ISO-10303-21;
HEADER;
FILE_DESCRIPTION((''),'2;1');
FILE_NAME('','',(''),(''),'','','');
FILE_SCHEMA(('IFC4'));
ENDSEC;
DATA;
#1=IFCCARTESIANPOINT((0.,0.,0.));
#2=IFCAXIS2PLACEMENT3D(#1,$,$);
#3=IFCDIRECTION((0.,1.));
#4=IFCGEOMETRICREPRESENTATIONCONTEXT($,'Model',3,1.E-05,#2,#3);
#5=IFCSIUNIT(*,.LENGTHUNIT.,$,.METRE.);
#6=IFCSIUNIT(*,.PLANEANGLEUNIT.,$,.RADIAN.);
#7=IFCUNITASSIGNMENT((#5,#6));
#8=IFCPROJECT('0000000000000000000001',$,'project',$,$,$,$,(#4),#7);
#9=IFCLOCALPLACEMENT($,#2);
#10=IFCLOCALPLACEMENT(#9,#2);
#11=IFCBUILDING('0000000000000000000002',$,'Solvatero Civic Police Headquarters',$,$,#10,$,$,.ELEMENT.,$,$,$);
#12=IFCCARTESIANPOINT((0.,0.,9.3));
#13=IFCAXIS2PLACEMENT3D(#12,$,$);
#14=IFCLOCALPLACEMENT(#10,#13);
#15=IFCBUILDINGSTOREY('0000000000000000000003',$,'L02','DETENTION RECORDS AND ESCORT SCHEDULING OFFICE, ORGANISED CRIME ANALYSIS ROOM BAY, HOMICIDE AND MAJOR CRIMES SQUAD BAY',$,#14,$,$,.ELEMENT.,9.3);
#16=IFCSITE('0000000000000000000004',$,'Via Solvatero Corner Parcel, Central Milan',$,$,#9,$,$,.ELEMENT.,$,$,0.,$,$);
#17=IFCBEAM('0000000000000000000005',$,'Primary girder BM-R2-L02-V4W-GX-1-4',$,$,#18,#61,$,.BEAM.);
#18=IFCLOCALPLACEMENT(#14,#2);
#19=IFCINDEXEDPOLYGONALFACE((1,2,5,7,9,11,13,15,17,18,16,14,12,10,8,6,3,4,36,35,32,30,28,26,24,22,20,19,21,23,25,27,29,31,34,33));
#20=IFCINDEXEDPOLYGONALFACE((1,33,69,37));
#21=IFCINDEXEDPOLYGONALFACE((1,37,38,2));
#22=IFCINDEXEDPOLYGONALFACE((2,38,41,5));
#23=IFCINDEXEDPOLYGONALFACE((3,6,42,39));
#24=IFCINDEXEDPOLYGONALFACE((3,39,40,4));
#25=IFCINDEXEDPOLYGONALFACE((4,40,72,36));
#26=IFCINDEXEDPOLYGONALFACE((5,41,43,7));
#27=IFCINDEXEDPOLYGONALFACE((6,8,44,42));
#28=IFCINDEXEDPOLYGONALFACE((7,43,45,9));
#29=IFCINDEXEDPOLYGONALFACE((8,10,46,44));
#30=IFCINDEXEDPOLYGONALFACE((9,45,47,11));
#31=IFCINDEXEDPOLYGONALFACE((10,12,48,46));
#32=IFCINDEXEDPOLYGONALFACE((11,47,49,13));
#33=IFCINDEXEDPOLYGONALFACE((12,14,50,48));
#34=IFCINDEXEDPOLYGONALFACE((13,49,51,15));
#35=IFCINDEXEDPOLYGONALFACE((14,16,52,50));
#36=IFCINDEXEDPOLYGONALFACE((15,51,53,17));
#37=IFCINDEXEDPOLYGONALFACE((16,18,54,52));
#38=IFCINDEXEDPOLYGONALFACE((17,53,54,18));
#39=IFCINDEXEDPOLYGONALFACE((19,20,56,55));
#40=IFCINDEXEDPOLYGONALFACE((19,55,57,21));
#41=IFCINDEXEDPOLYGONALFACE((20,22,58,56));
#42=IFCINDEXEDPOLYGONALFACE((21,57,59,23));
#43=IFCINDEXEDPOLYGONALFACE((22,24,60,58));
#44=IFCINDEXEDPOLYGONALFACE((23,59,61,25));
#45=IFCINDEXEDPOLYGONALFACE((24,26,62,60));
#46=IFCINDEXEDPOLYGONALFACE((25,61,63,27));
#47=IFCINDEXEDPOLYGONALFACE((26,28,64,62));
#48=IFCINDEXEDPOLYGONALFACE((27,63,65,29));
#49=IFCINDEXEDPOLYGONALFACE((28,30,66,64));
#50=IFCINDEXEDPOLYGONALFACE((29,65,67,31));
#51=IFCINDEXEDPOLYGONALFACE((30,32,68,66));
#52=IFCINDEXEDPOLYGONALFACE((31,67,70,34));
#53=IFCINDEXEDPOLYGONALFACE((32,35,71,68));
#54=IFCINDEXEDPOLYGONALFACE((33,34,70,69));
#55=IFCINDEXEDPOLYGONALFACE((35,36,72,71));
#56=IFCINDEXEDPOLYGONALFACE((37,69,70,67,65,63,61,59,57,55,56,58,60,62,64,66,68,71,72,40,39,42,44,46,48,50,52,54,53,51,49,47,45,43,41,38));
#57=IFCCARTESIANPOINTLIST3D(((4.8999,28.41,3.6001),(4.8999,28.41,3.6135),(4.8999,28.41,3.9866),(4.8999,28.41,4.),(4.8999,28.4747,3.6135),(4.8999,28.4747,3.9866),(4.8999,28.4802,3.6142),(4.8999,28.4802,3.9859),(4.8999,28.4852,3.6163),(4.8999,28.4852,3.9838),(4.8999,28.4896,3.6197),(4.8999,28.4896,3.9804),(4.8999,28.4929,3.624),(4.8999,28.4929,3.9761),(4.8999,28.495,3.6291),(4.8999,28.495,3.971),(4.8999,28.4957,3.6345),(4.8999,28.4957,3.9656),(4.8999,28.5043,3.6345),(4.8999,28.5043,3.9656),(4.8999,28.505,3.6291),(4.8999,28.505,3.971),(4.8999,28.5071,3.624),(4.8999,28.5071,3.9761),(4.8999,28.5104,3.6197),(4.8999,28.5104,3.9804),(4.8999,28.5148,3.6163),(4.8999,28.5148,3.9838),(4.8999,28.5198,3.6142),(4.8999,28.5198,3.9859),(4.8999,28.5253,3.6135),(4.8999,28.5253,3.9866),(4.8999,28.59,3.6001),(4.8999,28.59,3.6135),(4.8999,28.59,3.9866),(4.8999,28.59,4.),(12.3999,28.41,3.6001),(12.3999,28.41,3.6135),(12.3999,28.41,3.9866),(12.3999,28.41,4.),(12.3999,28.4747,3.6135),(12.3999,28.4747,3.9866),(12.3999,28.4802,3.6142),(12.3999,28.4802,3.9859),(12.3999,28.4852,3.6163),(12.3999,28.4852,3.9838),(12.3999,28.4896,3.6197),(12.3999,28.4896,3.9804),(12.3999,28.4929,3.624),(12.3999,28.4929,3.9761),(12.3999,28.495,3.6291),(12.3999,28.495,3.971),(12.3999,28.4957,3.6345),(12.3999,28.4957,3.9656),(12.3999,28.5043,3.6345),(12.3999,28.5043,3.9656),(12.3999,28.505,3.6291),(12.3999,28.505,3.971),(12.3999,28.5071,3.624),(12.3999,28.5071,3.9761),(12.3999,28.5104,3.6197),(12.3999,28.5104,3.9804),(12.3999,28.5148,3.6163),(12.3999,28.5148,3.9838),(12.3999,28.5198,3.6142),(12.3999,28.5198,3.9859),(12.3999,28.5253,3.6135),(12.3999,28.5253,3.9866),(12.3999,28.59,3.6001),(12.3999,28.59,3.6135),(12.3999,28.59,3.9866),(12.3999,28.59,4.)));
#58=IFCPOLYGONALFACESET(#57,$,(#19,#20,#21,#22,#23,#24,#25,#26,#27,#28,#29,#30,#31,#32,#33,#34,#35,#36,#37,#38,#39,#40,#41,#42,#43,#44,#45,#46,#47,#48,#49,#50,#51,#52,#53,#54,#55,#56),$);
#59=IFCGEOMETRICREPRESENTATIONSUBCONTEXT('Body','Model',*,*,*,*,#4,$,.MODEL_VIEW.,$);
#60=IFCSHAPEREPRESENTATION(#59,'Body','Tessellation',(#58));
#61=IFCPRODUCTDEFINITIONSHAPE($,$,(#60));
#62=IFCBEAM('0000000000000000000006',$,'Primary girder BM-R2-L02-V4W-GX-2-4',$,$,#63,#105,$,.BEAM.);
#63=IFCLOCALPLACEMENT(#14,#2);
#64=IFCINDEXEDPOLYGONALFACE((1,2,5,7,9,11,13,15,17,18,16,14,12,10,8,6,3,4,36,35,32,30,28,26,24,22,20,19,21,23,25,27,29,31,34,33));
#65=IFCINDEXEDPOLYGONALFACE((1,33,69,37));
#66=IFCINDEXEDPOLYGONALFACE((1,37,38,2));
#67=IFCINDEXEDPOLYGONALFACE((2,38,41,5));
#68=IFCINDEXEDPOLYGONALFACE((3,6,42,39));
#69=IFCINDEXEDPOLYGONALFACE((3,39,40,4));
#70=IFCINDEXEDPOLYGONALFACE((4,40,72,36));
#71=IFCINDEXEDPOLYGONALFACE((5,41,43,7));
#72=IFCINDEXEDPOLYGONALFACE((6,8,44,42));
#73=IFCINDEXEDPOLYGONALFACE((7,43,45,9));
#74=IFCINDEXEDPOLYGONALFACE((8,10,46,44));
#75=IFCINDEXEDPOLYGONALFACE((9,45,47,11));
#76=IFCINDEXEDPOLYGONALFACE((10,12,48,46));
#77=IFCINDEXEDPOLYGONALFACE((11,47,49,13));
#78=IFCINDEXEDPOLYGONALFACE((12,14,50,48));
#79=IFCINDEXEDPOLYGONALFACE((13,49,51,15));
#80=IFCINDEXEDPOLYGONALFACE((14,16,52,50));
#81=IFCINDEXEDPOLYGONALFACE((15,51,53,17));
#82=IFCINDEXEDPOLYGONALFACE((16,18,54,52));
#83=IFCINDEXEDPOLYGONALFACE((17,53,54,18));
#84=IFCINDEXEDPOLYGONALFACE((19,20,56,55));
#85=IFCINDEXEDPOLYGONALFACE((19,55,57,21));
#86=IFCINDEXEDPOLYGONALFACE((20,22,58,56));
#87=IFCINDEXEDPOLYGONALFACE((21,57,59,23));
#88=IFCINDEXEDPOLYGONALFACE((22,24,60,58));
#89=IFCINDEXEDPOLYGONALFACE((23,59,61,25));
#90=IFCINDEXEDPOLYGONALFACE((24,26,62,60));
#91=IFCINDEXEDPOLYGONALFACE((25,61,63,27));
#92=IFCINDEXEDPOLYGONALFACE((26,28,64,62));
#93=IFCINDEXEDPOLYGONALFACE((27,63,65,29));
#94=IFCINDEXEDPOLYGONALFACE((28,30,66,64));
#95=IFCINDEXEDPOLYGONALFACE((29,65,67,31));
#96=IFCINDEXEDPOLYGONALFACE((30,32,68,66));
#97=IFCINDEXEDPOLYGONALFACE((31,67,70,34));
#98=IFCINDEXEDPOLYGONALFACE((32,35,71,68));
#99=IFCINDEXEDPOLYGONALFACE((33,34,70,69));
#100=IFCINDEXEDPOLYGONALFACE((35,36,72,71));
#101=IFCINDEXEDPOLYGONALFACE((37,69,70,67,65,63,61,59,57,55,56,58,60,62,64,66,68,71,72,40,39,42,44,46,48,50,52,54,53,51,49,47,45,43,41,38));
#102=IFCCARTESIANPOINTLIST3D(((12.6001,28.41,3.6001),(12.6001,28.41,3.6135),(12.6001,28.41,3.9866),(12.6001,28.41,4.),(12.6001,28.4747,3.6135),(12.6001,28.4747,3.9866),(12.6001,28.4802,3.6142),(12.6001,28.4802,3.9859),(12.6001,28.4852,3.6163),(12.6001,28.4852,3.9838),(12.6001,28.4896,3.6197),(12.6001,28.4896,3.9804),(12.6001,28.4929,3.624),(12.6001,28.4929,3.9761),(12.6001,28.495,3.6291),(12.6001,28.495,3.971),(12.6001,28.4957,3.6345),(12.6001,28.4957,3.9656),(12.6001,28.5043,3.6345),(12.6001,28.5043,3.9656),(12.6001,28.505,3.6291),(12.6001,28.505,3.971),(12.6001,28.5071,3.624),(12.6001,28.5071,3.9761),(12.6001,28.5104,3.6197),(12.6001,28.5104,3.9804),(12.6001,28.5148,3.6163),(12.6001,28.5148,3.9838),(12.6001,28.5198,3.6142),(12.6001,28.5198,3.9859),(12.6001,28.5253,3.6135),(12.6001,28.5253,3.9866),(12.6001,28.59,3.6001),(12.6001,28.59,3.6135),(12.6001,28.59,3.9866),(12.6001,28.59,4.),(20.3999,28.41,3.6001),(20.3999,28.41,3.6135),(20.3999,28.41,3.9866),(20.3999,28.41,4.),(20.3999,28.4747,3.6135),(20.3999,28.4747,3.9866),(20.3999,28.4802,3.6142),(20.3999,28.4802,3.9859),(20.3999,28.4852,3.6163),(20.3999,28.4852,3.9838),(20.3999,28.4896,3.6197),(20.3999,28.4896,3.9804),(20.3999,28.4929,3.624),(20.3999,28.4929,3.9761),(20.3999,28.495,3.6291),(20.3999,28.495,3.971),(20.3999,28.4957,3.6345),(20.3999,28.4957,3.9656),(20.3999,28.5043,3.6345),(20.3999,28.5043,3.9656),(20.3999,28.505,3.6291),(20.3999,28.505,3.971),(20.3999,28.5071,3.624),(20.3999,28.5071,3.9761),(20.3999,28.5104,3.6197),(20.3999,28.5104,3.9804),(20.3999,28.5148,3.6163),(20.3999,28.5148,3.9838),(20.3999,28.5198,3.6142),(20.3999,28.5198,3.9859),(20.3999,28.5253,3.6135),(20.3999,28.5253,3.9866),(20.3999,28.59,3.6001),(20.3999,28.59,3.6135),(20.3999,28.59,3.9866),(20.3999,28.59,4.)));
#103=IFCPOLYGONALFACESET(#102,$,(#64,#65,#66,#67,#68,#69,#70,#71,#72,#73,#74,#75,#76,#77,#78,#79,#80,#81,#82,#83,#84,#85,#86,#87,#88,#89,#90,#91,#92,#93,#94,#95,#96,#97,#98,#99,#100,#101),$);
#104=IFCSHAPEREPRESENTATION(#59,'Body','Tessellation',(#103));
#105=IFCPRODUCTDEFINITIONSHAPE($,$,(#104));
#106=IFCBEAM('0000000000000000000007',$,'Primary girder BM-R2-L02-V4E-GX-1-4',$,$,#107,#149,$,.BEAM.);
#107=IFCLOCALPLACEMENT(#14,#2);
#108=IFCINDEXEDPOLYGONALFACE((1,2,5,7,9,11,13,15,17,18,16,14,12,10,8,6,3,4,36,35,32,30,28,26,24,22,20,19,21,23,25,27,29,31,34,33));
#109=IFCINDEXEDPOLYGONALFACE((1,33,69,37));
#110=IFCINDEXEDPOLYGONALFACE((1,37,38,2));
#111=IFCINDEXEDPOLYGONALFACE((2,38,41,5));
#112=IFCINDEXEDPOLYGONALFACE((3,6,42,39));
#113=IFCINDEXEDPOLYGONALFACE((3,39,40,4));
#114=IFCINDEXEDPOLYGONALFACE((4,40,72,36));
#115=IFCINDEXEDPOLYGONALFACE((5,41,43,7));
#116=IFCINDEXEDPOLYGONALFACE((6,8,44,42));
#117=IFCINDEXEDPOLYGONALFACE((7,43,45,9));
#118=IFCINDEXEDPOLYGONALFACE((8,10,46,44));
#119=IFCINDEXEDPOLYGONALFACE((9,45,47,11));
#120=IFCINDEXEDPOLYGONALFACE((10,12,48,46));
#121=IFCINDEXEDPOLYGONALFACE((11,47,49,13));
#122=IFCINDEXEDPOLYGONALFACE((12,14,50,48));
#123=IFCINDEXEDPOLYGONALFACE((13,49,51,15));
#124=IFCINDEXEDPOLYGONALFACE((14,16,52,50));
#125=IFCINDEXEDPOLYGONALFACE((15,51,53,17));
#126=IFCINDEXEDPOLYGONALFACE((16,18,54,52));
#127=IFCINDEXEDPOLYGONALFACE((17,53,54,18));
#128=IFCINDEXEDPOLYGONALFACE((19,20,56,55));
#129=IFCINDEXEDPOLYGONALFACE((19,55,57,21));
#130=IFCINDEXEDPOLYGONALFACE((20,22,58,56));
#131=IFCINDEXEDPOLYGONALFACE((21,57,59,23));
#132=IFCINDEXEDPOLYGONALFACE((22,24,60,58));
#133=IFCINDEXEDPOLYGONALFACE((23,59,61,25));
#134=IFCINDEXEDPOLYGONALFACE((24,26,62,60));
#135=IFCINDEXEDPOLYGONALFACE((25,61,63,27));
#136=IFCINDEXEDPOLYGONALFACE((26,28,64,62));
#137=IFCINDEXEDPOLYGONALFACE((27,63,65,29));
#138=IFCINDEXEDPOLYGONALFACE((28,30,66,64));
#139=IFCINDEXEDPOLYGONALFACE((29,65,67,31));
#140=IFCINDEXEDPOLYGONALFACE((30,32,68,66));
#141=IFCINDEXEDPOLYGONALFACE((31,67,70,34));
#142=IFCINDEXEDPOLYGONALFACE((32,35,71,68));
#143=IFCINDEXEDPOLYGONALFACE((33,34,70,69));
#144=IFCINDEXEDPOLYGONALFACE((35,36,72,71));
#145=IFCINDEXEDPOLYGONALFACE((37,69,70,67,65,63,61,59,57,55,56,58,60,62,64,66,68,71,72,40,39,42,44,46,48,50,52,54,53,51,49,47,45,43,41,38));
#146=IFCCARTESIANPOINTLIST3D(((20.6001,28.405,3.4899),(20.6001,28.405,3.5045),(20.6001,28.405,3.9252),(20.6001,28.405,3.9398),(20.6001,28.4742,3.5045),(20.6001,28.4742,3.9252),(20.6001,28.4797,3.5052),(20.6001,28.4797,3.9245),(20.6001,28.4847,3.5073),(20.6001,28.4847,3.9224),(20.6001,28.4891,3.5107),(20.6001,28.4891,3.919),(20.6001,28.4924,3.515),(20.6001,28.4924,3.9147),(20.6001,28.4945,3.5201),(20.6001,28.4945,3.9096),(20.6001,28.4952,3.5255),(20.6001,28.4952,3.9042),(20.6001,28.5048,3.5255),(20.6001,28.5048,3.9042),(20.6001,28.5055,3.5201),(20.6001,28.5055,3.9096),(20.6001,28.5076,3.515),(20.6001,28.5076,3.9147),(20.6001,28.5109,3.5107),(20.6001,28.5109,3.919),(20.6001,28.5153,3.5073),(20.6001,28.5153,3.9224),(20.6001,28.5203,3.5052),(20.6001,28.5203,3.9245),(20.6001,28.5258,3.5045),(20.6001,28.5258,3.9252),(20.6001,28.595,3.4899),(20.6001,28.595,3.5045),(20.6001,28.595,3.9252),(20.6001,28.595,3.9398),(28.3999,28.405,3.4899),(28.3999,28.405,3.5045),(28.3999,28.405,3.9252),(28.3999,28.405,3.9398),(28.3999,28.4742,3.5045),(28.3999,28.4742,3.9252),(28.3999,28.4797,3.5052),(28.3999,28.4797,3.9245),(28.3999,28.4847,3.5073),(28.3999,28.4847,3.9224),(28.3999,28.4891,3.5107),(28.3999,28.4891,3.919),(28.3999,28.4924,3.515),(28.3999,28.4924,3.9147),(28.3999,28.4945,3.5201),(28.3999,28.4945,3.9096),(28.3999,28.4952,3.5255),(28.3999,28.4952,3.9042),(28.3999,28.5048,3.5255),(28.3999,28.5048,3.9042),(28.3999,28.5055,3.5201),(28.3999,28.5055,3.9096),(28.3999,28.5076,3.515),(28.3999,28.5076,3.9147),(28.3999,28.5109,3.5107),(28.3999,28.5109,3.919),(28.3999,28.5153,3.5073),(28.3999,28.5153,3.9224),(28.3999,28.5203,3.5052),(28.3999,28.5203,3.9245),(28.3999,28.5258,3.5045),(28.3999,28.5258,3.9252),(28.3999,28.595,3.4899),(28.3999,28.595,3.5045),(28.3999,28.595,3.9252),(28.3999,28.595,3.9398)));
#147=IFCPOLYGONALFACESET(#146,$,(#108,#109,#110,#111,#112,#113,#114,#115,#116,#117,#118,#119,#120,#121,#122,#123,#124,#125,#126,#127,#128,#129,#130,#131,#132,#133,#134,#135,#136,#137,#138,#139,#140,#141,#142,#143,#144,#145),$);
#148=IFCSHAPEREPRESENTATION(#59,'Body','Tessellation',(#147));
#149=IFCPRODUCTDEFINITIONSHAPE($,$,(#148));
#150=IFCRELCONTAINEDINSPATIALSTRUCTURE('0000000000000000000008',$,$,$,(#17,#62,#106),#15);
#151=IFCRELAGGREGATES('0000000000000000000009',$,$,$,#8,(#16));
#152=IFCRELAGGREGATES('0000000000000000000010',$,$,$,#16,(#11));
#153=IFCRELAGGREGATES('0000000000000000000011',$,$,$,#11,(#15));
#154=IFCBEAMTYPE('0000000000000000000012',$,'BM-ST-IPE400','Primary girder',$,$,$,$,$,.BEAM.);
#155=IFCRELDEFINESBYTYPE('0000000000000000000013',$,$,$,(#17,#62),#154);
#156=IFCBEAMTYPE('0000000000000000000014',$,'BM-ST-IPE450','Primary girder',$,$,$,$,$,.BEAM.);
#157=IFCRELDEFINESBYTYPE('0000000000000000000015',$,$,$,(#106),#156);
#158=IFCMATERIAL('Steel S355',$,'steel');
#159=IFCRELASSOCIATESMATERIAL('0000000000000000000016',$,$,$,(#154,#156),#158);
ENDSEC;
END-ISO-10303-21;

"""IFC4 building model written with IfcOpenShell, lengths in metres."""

from ifc_helpers import new_model, si_unit, direction, frame, origin, origin_2d, place, context, subcontext, project, spatial, i_section, extrude, material, material_profile, profile_set, type_object, element, save


model = new_model("IFC4")

# Units and contexts
model_context = context("Model", 3, precision=1e-05, world=origin(), true_north=direction((0.0, 1.0)))
body_context = subcontext(model_context, "Body", "Model", "MODEL_VIEW")
ifc_project = project(units=[si_unit("LENGTHUNIT", "METRE"), si_unit("PLANEANGLEUNIT", "RADIAN")], contexts=[model_context])

# Site, building, storey
site_placement = place(None, origin())
site = spatial("IfcSite", under=ifc_project, at=site_placement, Name="Via Solvatero Corner Parcel, Central Milan", CompositionType="ELEMENT", RefElevation=0.0)
building_placement = place(site_placement, origin())
building = spatial("IfcBuilding", under=site, at=building_placement, Name="Solvatero Civic Police Headquarters", CompositionType="ELEMENT")
storey_placement = place(building_placement, frame((0.0, 0.0, 9.3)))
storey = spatial("IfcBuildingStorey", under=building, at=storey_placement, Name="L02", Description="DETENTION RECORDS AND ESCORT SCHEDULING OFFICE, ORGANISED CRIME ANALYSIS ROOM BAY, HOMICIDE AND MAJOR CRIMES SQUAD BAY", CompositionType="ELEMENT", Elevation=9.3)

# Shared definitions
ifc_material = material(Name="Steel S355", Category="steel")

# Beams
ifc_material_profile_1 = material_profile(ifc_material, i_section(OverallWidth=0.1799, OverallDepth=0.3999, WebThickness=0.0085, FlangeThickness=0.0134, FilletRadius=0.021, at=origin_2d()), Name="IPE 400")
ifc_profile_set_1 = profile_set([ifc_material_profile_1], Name="Steel S355")
beam_type_1 = type_object("IfcBeamType", Name="BM-ST-IPE400", Description="Primary girder", PredefinedType="BEAM", material=ifc_profile_set_1)
beam_1_placement = place(storey_placement, frame((4.8999, 28.5, 3.8), z_axis=(1.0, 0.0, 0.0), x_axis=(0.0, 1.0, 0.0)))
element("IfcBeam", 1, at=beam_1_placement, inside=storey, type_object=beam_type_1, Name="Primary girder BM-R2-L02-V4W-GX-1-4", PredefinedType="BEAM", context=body_context, shape_type="SweptSolid", body=[
    extrude(i_section(OverallWidth=0.1799, OverallDepth=0.3999, WebThickness=0.0085, FlangeThickness=0.0134, FilletRadius=0.021, at=origin_2d()), origin(), (0.0, 0.0, 1.0), 7.5),
])
beam_2_placement = place(storey_placement, frame((12.6001, 28.5, 3.8), z_axis=(1.0, 0.0, 0.0), x_axis=(0.0, 1.0, 0.0)))
element("IfcBeam", 2, at=beam_2_placement, inside=storey, type_object=beam_type_1, Name="Primary girder BM-R2-L02-V4W-GX-2-4", PredefinedType="BEAM", context=body_context, shape_type="SweptSolid", body=[
    extrude(i_section(OverallWidth=0.1799, OverallDepth=0.3999, WebThickness=0.0085, FlangeThickness=0.0134, FilletRadius=0.021, at=origin_2d()), origin(), (0.0, 0.0, 1.0), 7.7998),
])
ifc_material_profile_2 = material_profile(ifc_material, i_section(OverallWidth=0.1899, OverallDepth=0.45, WebThickness=0.0095, FlangeThickness=0.0146, FilletRadius=0.021, at=origin_2d()), Name="IPE 450")
ifc_profile_set_2 = profile_set([ifc_material_profile_2], Name="Steel S355")
beam_type_2 = type_object("IfcBeamType", Name="BM-ST-IPE450", Description="Primary girder", PredefinedType="BEAM", material=ifc_profile_set_2)
beam_3_placement = place(storey_placement, frame((20.6001, 28.5, 3.7148), z_axis=(1.0, 0.0, 0.0), x_axis=(0.0, 1.0, 0.0)))
element("IfcBeam", 3, at=beam_3_placement, inside=storey, type_object=beam_type_2, Name="Primary girder BM-R2-L02-V4E-GX-1-4", PredefinedType="BEAM", context=body_context, shape_type="SweptSolid", body=[
    extrude(i_section(OverallWidth=0.1899, OverallDepth=0.45, WebThickness=0.0095, FlangeThickness=0.0146, FilletRadius=0.021, at=origin_2d()), origin(), (0.0, 0.0, 1.0), 7.7998),
])

save(model, "model.ifc")
